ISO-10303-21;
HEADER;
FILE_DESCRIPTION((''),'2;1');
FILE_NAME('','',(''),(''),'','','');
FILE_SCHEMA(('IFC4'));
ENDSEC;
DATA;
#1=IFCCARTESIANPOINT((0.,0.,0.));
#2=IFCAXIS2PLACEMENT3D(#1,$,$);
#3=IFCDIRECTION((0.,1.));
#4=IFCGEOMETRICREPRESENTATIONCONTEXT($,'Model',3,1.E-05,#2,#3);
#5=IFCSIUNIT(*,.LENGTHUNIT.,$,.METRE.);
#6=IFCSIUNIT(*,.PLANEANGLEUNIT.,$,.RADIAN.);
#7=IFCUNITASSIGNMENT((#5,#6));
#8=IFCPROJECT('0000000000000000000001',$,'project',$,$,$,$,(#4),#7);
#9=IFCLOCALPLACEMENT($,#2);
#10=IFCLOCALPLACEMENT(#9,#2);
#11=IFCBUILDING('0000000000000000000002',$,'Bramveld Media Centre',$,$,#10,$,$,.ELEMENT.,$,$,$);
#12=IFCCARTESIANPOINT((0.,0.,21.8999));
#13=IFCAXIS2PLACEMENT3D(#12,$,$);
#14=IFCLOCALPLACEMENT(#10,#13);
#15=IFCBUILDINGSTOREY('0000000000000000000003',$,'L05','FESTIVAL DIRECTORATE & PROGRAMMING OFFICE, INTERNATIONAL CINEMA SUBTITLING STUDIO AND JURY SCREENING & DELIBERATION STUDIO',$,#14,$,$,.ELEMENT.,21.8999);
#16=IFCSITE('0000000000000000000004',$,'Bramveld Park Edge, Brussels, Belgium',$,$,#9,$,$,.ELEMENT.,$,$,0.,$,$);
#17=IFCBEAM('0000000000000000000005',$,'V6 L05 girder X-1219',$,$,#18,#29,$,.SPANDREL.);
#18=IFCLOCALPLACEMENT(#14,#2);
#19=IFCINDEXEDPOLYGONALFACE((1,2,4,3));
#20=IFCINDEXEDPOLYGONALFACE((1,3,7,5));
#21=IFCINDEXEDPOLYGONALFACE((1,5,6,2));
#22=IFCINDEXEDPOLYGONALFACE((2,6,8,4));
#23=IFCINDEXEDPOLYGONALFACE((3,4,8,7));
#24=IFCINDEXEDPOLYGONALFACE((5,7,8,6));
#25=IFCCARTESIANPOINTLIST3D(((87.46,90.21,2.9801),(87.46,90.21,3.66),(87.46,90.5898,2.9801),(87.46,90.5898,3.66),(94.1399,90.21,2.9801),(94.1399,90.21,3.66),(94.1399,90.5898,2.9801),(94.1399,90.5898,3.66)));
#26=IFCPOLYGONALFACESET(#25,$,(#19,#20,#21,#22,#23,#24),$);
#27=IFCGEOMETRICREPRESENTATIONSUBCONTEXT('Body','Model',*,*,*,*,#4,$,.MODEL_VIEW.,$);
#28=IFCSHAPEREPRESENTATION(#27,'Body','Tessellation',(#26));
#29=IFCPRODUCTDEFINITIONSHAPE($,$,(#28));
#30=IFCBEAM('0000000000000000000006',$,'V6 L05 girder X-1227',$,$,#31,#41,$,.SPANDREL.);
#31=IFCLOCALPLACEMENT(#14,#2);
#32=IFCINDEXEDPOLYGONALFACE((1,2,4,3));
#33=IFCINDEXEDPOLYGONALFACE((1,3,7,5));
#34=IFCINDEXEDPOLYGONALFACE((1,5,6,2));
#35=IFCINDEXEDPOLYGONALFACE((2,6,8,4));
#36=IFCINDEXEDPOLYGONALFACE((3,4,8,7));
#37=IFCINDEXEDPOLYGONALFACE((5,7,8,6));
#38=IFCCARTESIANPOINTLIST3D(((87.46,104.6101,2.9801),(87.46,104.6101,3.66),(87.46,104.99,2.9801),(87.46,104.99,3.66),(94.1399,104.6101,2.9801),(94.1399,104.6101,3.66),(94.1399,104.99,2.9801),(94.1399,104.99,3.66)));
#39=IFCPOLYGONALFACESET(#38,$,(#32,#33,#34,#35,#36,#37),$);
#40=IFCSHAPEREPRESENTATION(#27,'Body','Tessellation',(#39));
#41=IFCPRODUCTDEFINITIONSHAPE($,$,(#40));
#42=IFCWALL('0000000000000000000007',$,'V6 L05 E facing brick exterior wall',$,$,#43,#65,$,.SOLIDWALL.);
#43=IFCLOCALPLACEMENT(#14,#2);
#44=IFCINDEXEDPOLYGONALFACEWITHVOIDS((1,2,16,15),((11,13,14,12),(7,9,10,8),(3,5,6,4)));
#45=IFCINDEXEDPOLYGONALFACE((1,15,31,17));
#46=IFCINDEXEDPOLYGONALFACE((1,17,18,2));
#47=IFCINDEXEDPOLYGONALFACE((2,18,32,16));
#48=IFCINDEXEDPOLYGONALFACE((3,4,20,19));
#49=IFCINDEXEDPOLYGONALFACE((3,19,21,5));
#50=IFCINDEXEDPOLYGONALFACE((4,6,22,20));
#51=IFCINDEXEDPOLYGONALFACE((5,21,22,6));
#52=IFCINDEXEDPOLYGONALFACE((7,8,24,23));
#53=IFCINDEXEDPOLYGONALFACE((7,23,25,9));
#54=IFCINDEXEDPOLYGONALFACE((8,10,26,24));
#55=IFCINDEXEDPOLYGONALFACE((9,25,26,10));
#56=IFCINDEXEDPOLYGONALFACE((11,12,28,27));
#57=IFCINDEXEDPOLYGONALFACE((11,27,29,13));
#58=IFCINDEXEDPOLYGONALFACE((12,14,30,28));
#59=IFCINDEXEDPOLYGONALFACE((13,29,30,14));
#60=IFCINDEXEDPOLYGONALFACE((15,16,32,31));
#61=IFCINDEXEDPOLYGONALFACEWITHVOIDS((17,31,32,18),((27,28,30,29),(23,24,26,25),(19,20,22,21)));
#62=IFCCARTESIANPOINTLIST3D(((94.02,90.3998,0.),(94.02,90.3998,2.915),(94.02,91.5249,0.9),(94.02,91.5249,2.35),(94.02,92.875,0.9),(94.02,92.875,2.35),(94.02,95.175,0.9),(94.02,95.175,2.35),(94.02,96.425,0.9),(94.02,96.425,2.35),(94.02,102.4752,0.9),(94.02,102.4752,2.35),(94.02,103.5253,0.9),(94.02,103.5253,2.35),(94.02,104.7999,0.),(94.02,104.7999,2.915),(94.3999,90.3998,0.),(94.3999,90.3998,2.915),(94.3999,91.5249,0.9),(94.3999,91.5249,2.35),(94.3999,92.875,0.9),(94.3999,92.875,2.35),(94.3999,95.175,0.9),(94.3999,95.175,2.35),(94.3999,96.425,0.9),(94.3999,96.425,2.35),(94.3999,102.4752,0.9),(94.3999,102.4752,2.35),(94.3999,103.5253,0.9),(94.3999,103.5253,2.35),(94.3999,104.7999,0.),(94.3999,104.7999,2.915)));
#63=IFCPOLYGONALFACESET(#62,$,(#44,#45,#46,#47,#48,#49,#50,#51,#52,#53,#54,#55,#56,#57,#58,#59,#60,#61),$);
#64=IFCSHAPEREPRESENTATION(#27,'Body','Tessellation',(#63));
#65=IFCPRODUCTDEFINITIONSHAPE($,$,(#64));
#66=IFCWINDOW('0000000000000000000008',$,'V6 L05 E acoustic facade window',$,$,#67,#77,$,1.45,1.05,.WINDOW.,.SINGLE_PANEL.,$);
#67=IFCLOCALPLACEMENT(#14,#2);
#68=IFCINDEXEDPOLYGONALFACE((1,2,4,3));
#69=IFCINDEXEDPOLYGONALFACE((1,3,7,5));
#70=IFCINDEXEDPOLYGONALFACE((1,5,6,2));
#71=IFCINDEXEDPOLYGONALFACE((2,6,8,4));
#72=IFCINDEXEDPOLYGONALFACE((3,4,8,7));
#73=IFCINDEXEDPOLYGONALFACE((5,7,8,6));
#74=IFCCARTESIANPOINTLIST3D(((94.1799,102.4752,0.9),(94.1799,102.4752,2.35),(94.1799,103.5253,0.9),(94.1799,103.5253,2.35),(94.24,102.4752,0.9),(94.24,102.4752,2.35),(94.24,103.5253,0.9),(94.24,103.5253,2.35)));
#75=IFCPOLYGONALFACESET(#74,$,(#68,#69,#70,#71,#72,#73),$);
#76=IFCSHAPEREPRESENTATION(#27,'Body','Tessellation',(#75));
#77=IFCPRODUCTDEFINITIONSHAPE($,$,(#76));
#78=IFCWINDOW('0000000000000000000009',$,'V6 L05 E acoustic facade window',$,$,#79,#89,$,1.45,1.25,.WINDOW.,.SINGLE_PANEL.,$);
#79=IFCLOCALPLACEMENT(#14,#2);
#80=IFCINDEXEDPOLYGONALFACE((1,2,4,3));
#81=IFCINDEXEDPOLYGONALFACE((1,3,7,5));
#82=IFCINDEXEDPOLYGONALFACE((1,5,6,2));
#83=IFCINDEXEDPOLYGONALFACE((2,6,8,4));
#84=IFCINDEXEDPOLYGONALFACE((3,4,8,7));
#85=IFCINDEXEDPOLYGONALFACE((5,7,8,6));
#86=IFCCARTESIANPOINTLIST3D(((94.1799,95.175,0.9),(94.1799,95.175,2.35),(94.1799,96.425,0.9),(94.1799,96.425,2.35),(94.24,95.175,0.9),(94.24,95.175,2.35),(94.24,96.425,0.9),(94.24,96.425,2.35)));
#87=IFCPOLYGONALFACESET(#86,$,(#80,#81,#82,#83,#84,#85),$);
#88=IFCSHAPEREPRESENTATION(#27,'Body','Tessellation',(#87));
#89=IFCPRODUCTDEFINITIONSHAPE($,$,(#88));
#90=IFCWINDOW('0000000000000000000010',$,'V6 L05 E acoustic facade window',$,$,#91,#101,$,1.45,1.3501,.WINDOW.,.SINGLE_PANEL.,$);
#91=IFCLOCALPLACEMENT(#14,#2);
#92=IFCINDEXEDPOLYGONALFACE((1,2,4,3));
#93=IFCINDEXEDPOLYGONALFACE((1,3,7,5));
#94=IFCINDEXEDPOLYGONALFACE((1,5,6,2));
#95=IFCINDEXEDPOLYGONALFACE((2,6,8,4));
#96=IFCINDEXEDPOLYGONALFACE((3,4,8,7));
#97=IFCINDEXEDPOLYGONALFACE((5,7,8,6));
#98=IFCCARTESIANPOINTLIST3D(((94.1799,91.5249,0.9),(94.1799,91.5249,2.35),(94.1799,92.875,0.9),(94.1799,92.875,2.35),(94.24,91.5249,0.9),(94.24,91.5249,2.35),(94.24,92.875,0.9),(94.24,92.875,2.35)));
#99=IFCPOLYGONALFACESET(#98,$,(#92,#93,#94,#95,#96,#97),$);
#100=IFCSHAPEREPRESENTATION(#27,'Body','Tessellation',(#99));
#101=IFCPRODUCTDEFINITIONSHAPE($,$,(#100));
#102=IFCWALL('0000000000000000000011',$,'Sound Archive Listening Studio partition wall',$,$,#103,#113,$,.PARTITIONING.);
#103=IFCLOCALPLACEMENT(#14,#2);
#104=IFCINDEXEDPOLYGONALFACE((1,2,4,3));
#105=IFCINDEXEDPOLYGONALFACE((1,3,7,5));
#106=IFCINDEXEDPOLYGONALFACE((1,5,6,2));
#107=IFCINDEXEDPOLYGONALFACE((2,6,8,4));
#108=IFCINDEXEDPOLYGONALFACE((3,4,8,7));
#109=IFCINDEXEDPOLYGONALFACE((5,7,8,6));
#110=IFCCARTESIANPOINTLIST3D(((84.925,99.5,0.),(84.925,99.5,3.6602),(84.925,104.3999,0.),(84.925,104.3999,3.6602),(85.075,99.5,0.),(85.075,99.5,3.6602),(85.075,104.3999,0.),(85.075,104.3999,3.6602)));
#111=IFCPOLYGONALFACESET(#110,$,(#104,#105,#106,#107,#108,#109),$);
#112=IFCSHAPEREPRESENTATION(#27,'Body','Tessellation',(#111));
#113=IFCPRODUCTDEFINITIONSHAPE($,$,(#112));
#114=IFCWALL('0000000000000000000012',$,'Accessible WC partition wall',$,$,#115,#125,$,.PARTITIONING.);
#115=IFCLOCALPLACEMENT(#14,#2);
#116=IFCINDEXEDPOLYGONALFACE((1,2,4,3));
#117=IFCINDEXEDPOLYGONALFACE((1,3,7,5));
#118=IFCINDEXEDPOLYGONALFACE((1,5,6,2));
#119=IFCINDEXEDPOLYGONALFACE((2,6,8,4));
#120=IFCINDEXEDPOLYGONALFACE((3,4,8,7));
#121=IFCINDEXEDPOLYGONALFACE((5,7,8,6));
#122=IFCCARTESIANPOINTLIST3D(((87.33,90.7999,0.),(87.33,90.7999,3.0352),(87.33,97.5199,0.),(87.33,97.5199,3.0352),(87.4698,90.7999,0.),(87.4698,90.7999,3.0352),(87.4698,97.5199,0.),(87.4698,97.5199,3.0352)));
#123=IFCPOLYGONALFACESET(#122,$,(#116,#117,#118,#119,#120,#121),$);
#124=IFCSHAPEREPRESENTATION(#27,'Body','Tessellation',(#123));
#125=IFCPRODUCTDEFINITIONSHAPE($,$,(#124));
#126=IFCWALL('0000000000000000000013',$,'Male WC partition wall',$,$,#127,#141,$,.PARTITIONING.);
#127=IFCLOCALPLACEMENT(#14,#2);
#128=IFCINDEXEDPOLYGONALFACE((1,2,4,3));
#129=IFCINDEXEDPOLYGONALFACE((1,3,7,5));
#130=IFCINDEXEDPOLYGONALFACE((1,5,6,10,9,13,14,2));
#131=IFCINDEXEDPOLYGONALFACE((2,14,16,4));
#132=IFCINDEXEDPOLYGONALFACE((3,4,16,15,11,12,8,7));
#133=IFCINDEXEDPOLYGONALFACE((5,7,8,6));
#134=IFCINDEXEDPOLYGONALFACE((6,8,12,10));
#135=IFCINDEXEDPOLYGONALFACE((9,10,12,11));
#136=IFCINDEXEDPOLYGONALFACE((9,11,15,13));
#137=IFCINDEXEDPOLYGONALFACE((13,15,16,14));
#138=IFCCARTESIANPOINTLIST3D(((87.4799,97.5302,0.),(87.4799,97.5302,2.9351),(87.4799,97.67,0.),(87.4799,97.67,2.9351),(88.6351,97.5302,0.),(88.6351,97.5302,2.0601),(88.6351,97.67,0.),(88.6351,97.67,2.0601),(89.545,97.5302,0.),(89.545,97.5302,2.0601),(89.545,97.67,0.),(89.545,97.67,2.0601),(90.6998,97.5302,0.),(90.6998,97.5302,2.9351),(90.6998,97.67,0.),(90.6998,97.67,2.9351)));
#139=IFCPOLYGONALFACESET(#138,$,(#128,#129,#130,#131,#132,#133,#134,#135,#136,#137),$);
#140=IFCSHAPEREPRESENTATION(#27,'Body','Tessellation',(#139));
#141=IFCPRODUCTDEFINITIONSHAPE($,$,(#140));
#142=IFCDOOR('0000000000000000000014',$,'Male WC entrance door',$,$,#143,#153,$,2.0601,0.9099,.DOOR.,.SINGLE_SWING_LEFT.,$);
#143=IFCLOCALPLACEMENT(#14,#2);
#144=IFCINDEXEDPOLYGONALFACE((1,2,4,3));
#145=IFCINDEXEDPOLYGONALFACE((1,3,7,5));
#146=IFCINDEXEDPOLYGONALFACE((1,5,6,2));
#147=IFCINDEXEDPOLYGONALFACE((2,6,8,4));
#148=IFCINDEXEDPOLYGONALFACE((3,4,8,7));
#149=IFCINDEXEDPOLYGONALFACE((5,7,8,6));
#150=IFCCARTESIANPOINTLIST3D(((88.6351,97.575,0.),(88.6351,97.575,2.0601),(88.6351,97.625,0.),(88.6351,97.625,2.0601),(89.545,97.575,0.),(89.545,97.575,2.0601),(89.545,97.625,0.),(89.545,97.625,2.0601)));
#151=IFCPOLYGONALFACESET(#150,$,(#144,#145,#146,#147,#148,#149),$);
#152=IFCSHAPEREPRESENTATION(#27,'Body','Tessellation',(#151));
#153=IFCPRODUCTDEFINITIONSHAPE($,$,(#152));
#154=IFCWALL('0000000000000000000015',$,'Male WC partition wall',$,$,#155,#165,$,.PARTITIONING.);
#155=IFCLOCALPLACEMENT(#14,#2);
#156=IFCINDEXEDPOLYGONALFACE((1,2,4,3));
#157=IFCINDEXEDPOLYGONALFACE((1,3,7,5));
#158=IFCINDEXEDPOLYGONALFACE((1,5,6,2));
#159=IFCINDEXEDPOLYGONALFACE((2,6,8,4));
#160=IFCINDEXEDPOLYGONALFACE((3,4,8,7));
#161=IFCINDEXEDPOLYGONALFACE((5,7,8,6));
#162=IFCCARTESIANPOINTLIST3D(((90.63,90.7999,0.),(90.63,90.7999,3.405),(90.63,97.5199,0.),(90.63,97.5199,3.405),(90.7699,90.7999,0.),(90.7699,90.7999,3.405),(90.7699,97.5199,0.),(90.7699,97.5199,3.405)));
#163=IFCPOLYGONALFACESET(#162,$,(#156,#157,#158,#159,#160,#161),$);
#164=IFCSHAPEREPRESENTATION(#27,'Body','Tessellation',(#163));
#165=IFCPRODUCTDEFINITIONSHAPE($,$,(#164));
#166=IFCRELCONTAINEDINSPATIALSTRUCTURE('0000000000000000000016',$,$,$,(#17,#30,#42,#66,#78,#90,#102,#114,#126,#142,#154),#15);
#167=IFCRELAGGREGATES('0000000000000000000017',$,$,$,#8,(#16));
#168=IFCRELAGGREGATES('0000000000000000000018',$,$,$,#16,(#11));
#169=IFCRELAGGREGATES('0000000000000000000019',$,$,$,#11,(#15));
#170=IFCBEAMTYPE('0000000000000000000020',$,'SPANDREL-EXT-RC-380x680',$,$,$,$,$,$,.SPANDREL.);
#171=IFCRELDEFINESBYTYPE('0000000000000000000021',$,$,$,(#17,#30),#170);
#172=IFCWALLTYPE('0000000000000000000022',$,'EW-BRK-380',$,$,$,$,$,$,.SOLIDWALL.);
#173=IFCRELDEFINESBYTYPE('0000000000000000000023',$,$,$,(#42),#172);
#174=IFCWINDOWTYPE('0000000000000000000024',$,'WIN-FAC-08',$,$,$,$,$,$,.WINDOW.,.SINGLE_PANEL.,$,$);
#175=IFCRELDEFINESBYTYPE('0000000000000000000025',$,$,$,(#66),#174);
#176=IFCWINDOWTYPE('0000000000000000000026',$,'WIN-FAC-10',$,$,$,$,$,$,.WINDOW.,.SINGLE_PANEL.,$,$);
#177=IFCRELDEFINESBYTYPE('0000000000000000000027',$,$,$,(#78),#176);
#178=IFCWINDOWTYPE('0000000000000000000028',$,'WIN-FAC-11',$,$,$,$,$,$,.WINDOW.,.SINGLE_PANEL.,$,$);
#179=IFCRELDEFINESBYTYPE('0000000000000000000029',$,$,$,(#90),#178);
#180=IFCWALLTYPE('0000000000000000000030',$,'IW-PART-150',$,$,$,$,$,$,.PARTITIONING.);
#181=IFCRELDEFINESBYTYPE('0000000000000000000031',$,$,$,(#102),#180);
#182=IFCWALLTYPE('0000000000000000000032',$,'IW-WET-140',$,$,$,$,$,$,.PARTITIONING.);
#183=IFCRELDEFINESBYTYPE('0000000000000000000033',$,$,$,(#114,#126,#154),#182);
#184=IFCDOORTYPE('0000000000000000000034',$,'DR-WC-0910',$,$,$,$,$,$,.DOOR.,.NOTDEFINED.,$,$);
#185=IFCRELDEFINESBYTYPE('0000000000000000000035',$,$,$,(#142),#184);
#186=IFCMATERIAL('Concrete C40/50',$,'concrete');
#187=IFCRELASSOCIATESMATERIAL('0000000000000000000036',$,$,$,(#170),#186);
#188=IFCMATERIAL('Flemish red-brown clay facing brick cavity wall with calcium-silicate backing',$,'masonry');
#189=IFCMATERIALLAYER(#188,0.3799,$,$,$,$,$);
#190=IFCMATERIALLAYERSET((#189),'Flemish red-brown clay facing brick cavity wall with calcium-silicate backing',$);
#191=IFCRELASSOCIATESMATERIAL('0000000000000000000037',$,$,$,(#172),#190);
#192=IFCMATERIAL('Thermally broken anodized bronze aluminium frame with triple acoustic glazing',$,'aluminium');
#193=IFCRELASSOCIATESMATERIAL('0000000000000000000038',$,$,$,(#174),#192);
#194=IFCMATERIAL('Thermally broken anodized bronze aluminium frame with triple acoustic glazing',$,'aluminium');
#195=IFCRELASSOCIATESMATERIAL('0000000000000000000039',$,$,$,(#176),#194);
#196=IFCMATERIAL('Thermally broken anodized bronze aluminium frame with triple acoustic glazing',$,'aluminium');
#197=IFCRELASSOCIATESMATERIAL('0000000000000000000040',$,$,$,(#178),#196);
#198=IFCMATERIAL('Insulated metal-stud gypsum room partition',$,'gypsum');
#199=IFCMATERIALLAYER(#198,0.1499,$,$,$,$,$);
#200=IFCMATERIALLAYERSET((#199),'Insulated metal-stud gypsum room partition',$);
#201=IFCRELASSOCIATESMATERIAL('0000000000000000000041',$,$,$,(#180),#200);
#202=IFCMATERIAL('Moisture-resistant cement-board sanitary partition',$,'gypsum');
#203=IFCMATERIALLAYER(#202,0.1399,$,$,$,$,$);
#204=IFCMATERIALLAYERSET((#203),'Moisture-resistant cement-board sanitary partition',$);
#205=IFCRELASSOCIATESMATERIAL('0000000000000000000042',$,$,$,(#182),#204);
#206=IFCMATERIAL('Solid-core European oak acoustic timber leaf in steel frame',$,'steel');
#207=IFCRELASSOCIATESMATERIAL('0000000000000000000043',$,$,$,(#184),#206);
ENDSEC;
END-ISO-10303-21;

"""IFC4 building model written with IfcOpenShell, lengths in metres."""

from ifc_helpers import new_model, si_unit, direction, frame, frame_2d, origin, origin_2d, place, context, subcontext, project, spatial, rectangle, extrude, material, layer, layer_set, material_profile, profile_set, type_object, element, fill, save


model = new_model("IFC4")

# Units and contexts
model_context = context("Model", 3, precision=1e-05, world=origin(), true_north=direction((0.0, 1.0)))
body_context = subcontext(model_context, "Body", "Model", "MODEL_VIEW")
ifc_project = project(units=[si_unit("LENGTHUNIT", "METRE"), si_unit("PLANEANGLEUNIT", "RADIAN")], contexts=[model_context])

# Site, building, storey
site_placement = place(None, origin())
site = spatial("IfcSite", under=ifc_project, at=site_placement, Name="Bramveld Park Edge, Brussels, Belgium", CompositionType="ELEMENT", RefElevation=0.0)
building_placement = place(site_placement, origin())
building = spatial("IfcBuilding", under=site, at=building_placement, Name="Bramveld Media Centre", CompositionType="ELEMENT")
storey_placement = place(building_placement, frame((0.0, 0.0, 21.8999)))
storey = spatial("IfcBuildingStorey", under=building, at=storey_placement, Name="L05", Description="FESTIVAL DIRECTORATE & PROGRAMMING OFFICE, INTERNATIONAL CINEMA SUBTITLING STUDIO AND JURY SCREENING & DELIBERATION STUDIO", CompositionType="ELEMENT", Elevation=21.8999)

# Beams
ifc_material_1 = material(Name="Concrete C40/50", Category="concrete")
ifc_material_profile_1 = material_profile(ifc_material_1, rectangle(XDim=0.3799, YDim=0.6799, at=origin_2d()), Name="RC 380x680")
ifc_profile_set_1 = profile_set([ifc_material_profile_1], Name="Concrete C40/50")
beam_type_1 = type_object("IfcBeamType", Name="SPANDREL-EXT-RC-380x680", PredefinedType="SPANDREL", material=ifc_profile_set_1)
for number, where, z_axis, x_axis, name in (
    (1, (87.46, 90.3999, 3.3201), (1.0, 0.0, 0.0), (0.0, 1.0, 0.0), "V6 L05 girder X-1219"),
    (2, (87.46, 104.8, 3.3201), (1.0, 0.0, 0.0), (0.0, 1.0, 0.0), "V6 L05 girder X-1227"),
):
    element("IfcBeam", number, at=place(storey_placement, frame(where, z_axis=z_axis, x_axis=x_axis)), inside=storey, type_object=beam_type_1, Name=name, PredefinedType="SPANDREL", context=body_context, shape_type="SweptSolid", body=[
        extrude(rectangle(XDim=0.3799, YDim=0.6799, at=origin_2d()), origin(), (0.0, 0.0, 1.0), 6.6799),
    ])

# Wall, openings, windows
ifc_material_2 = material(Name="Flemish red-brown clay facing brick cavity wall with calcium-silicate backing", Category="masonry")
ifc_layer_1 = layer(ifc_material_2, 0.3799)
ifc_layer_set_1 = layer_set([ifc_layer_1], Name="Flemish red-brown clay facing brick cavity wall with calcium-silicate backing")
wall_type_1 = type_object("IfcWallType", Name="EW-BRK-380", PredefinedType="SOLIDWALL", material=ifc_layer_set_1)
wall_1_placement = place(storey_placement, frame((94.21, 104.8, 0.0), z_axis=(0.0, 0.0, 1.0), x_axis=(0.0, -1.0, 0.0)))
wall_1 = element("IfcWall", 3, at=wall_1_placement, inside=storey, type_object=wall_type_1, Name="V6 L05 E facing brick exterior wall", PredefinedType="SOLIDWALL", context=body_context, shape_type="SweptSolid", body=[
    extrude(rectangle(XDim=14.4001, YDim=0.3799, at=frame_2d((7.2002, 0.0))), origin(), (0.0, 0.0, 1.0), 2.915),
])
opening_1_placement = place(wall_1_placement, frame((1.2749, 0.0, 0.8999)))
opening_1 = element("IfcOpeningElement", 4, at=opening_1_placement, cuts=wall_1, PredefinedType="OPENING", context=body_context, shape_type="SweptSolid", body=[
    extrude(rectangle(XDim=1.05, YDim=1.45, at=frame_2d((0.5249, 0.7251))), frame((0.0, 0.2019, 0.0), z_axis=(0.0, -1.0, 0.0), x_axis=(1.0, 0.0, 0.0)), (0.0, 0.0, 1.0), 0.4038),
])
opening_2_placement = place(wall_1_placement, frame((8.375, 0.0, 0.8999)))
opening_2 = element("IfcOpeningElement", 5, at=opening_2_placement, cuts=wall_1, PredefinedType="OPENING", context=body_context, shape_type="SweptSolid", body=[
    extrude(rectangle(XDim=1.25, YDim=1.45, at=frame_2d((0.625, 0.7251))), frame((0.0, 0.2019, 0.0), z_axis=(0.0, -1.0, 0.0), x_axis=(1.0, 0.0, 0.0)), (0.0, 0.0, 1.0), 0.4038),
])
opening_3_placement = place(wall_1_placement, frame((11.925, 0.0, 0.8999)))
opening_3 = element("IfcOpeningElement", 6, at=opening_3_placement, cuts=wall_1, PredefinedType="OPENING", context=body_context, shape_type="SweptSolid", body=[
    extrude(rectangle(XDim=1.3501, YDim=1.45, at=frame_2d((0.675, 0.7251))), frame((0.0, 0.2019, 0.0), z_axis=(0.0, -1.0, 0.0), x_axis=(1.0, 0.0, 0.0)), (0.0, 0.0, 1.0), 0.4038),
])
ifc_material_3 = material(Name="Thermally broken anodized bronze aluminium frame with triple acoustic glazing", Category="aluminium")
window_type_1 = type_object("IfcWindowType", Name="WIN-FAC-08", PartitioningType="SINGLE_PANEL", PredefinedType="WINDOW", material=ifc_material_3)
window_1_placement = place(opening_1_placement, origin())
window_1 = element("IfcWindow", 7, at=window_1_placement, inside=storey, type_object=window_type_1, Name="V6 L05 E acoustic facade window", OverallHeight=1.45, OverallWidth=1.05, PartitioningType="SINGLE_PANEL", PredefinedType="WINDOW", context=body_context, shape_type="SweptSolid", body=[
    extrude(rectangle(XDim=1.05, YDim=1.45, at=frame_2d((0.5249, 0.7251))), frame((0.0, 0.03, 0.0), z_axis=(0.0, -1.0, 0.0), x_axis=(1.0, 0.0, 0.0)), (0.0, 0.0, 1.0), 0.0601),
])
fill(opening_1, window_1)
ifc_material_4 = material(Name="Thermally broken anodized bronze aluminium frame with triple acoustic glazing", Category="aluminium")
window_type_2 = type_object("IfcWindowType", Name="WIN-FAC-10", PartitioningType="SINGLE_PANEL", PredefinedType="WINDOW", material=ifc_material_4)
window_2_placement = place(opening_2_placement, origin())
window_2 = element("IfcWindow", 8, at=window_2_placement, inside=storey, type_object=window_type_2, Name="V6 L05 E acoustic facade window", OverallHeight=1.45, OverallWidth=1.25, PartitioningType="SINGLE_PANEL", PredefinedType="WINDOW", context=body_context, shape_type="SweptSolid", body=[
    extrude(rectangle(XDim=1.25, YDim=1.45, at=frame_2d((0.625, 0.7251))), frame((0.0, 0.03, 0.0), z_axis=(0.0, -1.0, 0.0), x_axis=(1.0, 0.0, 0.0)), (0.0, 0.0, 1.0), 0.0601),
])
fill(opening_2, window_2)
ifc_material_5 = material(Name="Thermally broken anodized bronze aluminium frame with triple acoustic glazing", Category="aluminium")
window_type_3 = type_object("IfcWindowType", Name="WIN-FAC-11", PartitioningType="SINGLE_PANEL", PredefinedType="WINDOW", material=ifc_material_5)
window_3_placement = place(opening_3_placement, origin())
window_3 = element("IfcWindow", 9, at=window_3_placement, inside=storey, type_object=window_type_3, Name="V6 L05 E acoustic facade window", OverallHeight=1.45, OverallWidth=1.3501, PartitioningType="SINGLE_PANEL", PredefinedType="WINDOW", context=body_context, shape_type="SweptSolid", body=[
    extrude(rectangle(XDim=1.3501, YDim=1.45, at=frame_2d((0.675, 0.7251))), frame((0.0, 0.03, 0.0), z_axis=(0.0, -1.0, 0.0), x_axis=(1.0, 0.0, 0.0)), (0.0, 0.0, 1.0), 0.0601),
])
fill(opening_3, window_3)

# Walls
ifc_material_6 = material(Name="Insulated metal-stud gypsum room partition", Category="gypsum")
ifc_layer_2 = layer(ifc_material_6, 0.1499)
ifc_layer_set_2 = layer_set([ifc_layer_2], Name="Insulated metal-stud gypsum room partition")
wall_type_2 = type_object("IfcWallType", Name="IW-PART-150", PredefinedType="PARTITIONING", material=ifc_layer_set_2)
wall_2_placement = place(storey_placement, frame((85.0, 99.5, 0.0), z_axis=(0.0, 0.0, 1.0), x_axis=(0.0, 1.0, 0.0)))
element("IfcWall", 10, at=wall_2_placement, inside=storey, type_object=wall_type_2, Name="Sound Archive Listening Studio partition wall", PredefinedType="PARTITIONING", context=body_context, shape_type="SweptSolid", body=[
    extrude(rectangle(XDim=4.8999, YDim=0.1499, at=frame_2d((2.45, 0.0))), origin(), (0.0, 0.0, 1.0), 3.6602),
])
ifc_material_7 = material(Name="Moisture-resistant cement-board sanitary partition", Category="gypsum")
ifc_layer_3 = layer(ifc_material_7, 0.1399)
ifc_layer_set_3 = layer_set([ifc_layer_3], Name="Moisture-resistant cement-board sanitary partition")
wall_type_3 = type_object("IfcWallType", Name="IW-WET-140", PredefinedType="PARTITIONING", material=ifc_layer_set_3)
wall_3_placement = place(storey_placement, frame((87.3999, 90.8, 0.0), z_axis=(0.0, 0.0, 1.0), x_axis=(0.0, 1.0, 0.0)))
element("IfcWall", 11, at=wall_3_placement, inside=storey, type_object=wall_type_3, Name="Accessible WC partition wall", PredefinedType="PARTITIONING", context=body_context, shape_type="SweptSolid", body=[
    extrude(rectangle(XDim=6.72, YDim=0.1399, at=frame_2d((3.3599, 0.0))), origin(), (0.0, 0.0, 1.0), 3.0352),
])

# Wall, opening, door
wall_4_placement = place(storey_placement, frame((87.48, 97.6001, 0.0), z_axis=(0.0, 0.0, 1.0), x_axis=(1.0, 0.0, 0.0)))
wall_4 = element("IfcWall", 12, at=wall_4_placement, inside=storey, type_object=wall_type_3, Name="Male WC partition wall", PredefinedType="PARTITIONING", context=body_context, shape_type="SweptSolid", body=[
    extrude(rectangle(XDim=3.22, YDim=0.1399, at=frame_2d((1.6099, 0.0))), origin(), (0.0, 0.0, 1.0), 2.9351),
])
opening_4_placement = place(wall_4_placement, frame((1.155, 0.0, 0.0)))
opening_4 = element("IfcOpeningElement", 13, at=opening_4_placement, cuts=wall_4, PredefinedType="OPENING", context=body_context, shape_type="SweptSolid", body=[
    extrude(rectangle(XDim=0.9099, YDim=2.0601, at=frame_2d((0.4551, 1.03))), frame((0.0, 0.082, 0.0), z_axis=(0.0, -1.0, 0.0), x_axis=(1.0, 0.0, 0.0)), (0.0, 0.0, 1.0), 0.1638),
])
ifc_material_8 = material(Name="Solid-core European oak acoustic timber leaf in steel frame", Category="steel")
door_type_1 = type_object("IfcDoorType", Name="DR-WC-0910", OperationType="NOTDEFINED", PredefinedType="DOOR", material=ifc_material_8)
door_1_placement = place(opening_4_placement, origin())
door_1 = element("IfcDoor", 14, at=door_1_placement, inside=storey, type_object=door_type_1, Name="Male WC entrance door", OperationType="SINGLE_SWING_LEFT", OverallHeight=2.0601, OverallWidth=0.9099, PredefinedType="DOOR", context=body_context, shape_type="SweptSolid", body=[
    extrude(rectangle(XDim=0.9099, YDim=2.0601, at=frame_2d((0.4551, 1.03))), frame((0.0, 0.0249, 0.0), z_axis=(0.0, -1.0, 0.0), x_axis=(1.0, 0.0, 0.0)), (0.0, 0.0, 1.0), 0.05),
])
fill(opening_4, door_1)

# Wall
wall_5_placement = place(storey_placement, frame((90.7, 90.8, 0.0), z_axis=(0.0, 0.0, 1.0), x_axis=(0.0, 1.0, 0.0)))
element("IfcWall", 15, at=wall_5_placement, inside=storey, type_object=wall_type_3, Name="Male WC partition wall", PredefinedType="PARTITIONING", context=body_context, shape_type="SweptSolid", body=[
    extrude(rectangle(XDim=6.72, YDim=0.1399, at=frame_2d((3.3599, 0.0))), origin(), (0.0, 0.0, 1.0), 3.405),
])

save(model, "model.ifc")
